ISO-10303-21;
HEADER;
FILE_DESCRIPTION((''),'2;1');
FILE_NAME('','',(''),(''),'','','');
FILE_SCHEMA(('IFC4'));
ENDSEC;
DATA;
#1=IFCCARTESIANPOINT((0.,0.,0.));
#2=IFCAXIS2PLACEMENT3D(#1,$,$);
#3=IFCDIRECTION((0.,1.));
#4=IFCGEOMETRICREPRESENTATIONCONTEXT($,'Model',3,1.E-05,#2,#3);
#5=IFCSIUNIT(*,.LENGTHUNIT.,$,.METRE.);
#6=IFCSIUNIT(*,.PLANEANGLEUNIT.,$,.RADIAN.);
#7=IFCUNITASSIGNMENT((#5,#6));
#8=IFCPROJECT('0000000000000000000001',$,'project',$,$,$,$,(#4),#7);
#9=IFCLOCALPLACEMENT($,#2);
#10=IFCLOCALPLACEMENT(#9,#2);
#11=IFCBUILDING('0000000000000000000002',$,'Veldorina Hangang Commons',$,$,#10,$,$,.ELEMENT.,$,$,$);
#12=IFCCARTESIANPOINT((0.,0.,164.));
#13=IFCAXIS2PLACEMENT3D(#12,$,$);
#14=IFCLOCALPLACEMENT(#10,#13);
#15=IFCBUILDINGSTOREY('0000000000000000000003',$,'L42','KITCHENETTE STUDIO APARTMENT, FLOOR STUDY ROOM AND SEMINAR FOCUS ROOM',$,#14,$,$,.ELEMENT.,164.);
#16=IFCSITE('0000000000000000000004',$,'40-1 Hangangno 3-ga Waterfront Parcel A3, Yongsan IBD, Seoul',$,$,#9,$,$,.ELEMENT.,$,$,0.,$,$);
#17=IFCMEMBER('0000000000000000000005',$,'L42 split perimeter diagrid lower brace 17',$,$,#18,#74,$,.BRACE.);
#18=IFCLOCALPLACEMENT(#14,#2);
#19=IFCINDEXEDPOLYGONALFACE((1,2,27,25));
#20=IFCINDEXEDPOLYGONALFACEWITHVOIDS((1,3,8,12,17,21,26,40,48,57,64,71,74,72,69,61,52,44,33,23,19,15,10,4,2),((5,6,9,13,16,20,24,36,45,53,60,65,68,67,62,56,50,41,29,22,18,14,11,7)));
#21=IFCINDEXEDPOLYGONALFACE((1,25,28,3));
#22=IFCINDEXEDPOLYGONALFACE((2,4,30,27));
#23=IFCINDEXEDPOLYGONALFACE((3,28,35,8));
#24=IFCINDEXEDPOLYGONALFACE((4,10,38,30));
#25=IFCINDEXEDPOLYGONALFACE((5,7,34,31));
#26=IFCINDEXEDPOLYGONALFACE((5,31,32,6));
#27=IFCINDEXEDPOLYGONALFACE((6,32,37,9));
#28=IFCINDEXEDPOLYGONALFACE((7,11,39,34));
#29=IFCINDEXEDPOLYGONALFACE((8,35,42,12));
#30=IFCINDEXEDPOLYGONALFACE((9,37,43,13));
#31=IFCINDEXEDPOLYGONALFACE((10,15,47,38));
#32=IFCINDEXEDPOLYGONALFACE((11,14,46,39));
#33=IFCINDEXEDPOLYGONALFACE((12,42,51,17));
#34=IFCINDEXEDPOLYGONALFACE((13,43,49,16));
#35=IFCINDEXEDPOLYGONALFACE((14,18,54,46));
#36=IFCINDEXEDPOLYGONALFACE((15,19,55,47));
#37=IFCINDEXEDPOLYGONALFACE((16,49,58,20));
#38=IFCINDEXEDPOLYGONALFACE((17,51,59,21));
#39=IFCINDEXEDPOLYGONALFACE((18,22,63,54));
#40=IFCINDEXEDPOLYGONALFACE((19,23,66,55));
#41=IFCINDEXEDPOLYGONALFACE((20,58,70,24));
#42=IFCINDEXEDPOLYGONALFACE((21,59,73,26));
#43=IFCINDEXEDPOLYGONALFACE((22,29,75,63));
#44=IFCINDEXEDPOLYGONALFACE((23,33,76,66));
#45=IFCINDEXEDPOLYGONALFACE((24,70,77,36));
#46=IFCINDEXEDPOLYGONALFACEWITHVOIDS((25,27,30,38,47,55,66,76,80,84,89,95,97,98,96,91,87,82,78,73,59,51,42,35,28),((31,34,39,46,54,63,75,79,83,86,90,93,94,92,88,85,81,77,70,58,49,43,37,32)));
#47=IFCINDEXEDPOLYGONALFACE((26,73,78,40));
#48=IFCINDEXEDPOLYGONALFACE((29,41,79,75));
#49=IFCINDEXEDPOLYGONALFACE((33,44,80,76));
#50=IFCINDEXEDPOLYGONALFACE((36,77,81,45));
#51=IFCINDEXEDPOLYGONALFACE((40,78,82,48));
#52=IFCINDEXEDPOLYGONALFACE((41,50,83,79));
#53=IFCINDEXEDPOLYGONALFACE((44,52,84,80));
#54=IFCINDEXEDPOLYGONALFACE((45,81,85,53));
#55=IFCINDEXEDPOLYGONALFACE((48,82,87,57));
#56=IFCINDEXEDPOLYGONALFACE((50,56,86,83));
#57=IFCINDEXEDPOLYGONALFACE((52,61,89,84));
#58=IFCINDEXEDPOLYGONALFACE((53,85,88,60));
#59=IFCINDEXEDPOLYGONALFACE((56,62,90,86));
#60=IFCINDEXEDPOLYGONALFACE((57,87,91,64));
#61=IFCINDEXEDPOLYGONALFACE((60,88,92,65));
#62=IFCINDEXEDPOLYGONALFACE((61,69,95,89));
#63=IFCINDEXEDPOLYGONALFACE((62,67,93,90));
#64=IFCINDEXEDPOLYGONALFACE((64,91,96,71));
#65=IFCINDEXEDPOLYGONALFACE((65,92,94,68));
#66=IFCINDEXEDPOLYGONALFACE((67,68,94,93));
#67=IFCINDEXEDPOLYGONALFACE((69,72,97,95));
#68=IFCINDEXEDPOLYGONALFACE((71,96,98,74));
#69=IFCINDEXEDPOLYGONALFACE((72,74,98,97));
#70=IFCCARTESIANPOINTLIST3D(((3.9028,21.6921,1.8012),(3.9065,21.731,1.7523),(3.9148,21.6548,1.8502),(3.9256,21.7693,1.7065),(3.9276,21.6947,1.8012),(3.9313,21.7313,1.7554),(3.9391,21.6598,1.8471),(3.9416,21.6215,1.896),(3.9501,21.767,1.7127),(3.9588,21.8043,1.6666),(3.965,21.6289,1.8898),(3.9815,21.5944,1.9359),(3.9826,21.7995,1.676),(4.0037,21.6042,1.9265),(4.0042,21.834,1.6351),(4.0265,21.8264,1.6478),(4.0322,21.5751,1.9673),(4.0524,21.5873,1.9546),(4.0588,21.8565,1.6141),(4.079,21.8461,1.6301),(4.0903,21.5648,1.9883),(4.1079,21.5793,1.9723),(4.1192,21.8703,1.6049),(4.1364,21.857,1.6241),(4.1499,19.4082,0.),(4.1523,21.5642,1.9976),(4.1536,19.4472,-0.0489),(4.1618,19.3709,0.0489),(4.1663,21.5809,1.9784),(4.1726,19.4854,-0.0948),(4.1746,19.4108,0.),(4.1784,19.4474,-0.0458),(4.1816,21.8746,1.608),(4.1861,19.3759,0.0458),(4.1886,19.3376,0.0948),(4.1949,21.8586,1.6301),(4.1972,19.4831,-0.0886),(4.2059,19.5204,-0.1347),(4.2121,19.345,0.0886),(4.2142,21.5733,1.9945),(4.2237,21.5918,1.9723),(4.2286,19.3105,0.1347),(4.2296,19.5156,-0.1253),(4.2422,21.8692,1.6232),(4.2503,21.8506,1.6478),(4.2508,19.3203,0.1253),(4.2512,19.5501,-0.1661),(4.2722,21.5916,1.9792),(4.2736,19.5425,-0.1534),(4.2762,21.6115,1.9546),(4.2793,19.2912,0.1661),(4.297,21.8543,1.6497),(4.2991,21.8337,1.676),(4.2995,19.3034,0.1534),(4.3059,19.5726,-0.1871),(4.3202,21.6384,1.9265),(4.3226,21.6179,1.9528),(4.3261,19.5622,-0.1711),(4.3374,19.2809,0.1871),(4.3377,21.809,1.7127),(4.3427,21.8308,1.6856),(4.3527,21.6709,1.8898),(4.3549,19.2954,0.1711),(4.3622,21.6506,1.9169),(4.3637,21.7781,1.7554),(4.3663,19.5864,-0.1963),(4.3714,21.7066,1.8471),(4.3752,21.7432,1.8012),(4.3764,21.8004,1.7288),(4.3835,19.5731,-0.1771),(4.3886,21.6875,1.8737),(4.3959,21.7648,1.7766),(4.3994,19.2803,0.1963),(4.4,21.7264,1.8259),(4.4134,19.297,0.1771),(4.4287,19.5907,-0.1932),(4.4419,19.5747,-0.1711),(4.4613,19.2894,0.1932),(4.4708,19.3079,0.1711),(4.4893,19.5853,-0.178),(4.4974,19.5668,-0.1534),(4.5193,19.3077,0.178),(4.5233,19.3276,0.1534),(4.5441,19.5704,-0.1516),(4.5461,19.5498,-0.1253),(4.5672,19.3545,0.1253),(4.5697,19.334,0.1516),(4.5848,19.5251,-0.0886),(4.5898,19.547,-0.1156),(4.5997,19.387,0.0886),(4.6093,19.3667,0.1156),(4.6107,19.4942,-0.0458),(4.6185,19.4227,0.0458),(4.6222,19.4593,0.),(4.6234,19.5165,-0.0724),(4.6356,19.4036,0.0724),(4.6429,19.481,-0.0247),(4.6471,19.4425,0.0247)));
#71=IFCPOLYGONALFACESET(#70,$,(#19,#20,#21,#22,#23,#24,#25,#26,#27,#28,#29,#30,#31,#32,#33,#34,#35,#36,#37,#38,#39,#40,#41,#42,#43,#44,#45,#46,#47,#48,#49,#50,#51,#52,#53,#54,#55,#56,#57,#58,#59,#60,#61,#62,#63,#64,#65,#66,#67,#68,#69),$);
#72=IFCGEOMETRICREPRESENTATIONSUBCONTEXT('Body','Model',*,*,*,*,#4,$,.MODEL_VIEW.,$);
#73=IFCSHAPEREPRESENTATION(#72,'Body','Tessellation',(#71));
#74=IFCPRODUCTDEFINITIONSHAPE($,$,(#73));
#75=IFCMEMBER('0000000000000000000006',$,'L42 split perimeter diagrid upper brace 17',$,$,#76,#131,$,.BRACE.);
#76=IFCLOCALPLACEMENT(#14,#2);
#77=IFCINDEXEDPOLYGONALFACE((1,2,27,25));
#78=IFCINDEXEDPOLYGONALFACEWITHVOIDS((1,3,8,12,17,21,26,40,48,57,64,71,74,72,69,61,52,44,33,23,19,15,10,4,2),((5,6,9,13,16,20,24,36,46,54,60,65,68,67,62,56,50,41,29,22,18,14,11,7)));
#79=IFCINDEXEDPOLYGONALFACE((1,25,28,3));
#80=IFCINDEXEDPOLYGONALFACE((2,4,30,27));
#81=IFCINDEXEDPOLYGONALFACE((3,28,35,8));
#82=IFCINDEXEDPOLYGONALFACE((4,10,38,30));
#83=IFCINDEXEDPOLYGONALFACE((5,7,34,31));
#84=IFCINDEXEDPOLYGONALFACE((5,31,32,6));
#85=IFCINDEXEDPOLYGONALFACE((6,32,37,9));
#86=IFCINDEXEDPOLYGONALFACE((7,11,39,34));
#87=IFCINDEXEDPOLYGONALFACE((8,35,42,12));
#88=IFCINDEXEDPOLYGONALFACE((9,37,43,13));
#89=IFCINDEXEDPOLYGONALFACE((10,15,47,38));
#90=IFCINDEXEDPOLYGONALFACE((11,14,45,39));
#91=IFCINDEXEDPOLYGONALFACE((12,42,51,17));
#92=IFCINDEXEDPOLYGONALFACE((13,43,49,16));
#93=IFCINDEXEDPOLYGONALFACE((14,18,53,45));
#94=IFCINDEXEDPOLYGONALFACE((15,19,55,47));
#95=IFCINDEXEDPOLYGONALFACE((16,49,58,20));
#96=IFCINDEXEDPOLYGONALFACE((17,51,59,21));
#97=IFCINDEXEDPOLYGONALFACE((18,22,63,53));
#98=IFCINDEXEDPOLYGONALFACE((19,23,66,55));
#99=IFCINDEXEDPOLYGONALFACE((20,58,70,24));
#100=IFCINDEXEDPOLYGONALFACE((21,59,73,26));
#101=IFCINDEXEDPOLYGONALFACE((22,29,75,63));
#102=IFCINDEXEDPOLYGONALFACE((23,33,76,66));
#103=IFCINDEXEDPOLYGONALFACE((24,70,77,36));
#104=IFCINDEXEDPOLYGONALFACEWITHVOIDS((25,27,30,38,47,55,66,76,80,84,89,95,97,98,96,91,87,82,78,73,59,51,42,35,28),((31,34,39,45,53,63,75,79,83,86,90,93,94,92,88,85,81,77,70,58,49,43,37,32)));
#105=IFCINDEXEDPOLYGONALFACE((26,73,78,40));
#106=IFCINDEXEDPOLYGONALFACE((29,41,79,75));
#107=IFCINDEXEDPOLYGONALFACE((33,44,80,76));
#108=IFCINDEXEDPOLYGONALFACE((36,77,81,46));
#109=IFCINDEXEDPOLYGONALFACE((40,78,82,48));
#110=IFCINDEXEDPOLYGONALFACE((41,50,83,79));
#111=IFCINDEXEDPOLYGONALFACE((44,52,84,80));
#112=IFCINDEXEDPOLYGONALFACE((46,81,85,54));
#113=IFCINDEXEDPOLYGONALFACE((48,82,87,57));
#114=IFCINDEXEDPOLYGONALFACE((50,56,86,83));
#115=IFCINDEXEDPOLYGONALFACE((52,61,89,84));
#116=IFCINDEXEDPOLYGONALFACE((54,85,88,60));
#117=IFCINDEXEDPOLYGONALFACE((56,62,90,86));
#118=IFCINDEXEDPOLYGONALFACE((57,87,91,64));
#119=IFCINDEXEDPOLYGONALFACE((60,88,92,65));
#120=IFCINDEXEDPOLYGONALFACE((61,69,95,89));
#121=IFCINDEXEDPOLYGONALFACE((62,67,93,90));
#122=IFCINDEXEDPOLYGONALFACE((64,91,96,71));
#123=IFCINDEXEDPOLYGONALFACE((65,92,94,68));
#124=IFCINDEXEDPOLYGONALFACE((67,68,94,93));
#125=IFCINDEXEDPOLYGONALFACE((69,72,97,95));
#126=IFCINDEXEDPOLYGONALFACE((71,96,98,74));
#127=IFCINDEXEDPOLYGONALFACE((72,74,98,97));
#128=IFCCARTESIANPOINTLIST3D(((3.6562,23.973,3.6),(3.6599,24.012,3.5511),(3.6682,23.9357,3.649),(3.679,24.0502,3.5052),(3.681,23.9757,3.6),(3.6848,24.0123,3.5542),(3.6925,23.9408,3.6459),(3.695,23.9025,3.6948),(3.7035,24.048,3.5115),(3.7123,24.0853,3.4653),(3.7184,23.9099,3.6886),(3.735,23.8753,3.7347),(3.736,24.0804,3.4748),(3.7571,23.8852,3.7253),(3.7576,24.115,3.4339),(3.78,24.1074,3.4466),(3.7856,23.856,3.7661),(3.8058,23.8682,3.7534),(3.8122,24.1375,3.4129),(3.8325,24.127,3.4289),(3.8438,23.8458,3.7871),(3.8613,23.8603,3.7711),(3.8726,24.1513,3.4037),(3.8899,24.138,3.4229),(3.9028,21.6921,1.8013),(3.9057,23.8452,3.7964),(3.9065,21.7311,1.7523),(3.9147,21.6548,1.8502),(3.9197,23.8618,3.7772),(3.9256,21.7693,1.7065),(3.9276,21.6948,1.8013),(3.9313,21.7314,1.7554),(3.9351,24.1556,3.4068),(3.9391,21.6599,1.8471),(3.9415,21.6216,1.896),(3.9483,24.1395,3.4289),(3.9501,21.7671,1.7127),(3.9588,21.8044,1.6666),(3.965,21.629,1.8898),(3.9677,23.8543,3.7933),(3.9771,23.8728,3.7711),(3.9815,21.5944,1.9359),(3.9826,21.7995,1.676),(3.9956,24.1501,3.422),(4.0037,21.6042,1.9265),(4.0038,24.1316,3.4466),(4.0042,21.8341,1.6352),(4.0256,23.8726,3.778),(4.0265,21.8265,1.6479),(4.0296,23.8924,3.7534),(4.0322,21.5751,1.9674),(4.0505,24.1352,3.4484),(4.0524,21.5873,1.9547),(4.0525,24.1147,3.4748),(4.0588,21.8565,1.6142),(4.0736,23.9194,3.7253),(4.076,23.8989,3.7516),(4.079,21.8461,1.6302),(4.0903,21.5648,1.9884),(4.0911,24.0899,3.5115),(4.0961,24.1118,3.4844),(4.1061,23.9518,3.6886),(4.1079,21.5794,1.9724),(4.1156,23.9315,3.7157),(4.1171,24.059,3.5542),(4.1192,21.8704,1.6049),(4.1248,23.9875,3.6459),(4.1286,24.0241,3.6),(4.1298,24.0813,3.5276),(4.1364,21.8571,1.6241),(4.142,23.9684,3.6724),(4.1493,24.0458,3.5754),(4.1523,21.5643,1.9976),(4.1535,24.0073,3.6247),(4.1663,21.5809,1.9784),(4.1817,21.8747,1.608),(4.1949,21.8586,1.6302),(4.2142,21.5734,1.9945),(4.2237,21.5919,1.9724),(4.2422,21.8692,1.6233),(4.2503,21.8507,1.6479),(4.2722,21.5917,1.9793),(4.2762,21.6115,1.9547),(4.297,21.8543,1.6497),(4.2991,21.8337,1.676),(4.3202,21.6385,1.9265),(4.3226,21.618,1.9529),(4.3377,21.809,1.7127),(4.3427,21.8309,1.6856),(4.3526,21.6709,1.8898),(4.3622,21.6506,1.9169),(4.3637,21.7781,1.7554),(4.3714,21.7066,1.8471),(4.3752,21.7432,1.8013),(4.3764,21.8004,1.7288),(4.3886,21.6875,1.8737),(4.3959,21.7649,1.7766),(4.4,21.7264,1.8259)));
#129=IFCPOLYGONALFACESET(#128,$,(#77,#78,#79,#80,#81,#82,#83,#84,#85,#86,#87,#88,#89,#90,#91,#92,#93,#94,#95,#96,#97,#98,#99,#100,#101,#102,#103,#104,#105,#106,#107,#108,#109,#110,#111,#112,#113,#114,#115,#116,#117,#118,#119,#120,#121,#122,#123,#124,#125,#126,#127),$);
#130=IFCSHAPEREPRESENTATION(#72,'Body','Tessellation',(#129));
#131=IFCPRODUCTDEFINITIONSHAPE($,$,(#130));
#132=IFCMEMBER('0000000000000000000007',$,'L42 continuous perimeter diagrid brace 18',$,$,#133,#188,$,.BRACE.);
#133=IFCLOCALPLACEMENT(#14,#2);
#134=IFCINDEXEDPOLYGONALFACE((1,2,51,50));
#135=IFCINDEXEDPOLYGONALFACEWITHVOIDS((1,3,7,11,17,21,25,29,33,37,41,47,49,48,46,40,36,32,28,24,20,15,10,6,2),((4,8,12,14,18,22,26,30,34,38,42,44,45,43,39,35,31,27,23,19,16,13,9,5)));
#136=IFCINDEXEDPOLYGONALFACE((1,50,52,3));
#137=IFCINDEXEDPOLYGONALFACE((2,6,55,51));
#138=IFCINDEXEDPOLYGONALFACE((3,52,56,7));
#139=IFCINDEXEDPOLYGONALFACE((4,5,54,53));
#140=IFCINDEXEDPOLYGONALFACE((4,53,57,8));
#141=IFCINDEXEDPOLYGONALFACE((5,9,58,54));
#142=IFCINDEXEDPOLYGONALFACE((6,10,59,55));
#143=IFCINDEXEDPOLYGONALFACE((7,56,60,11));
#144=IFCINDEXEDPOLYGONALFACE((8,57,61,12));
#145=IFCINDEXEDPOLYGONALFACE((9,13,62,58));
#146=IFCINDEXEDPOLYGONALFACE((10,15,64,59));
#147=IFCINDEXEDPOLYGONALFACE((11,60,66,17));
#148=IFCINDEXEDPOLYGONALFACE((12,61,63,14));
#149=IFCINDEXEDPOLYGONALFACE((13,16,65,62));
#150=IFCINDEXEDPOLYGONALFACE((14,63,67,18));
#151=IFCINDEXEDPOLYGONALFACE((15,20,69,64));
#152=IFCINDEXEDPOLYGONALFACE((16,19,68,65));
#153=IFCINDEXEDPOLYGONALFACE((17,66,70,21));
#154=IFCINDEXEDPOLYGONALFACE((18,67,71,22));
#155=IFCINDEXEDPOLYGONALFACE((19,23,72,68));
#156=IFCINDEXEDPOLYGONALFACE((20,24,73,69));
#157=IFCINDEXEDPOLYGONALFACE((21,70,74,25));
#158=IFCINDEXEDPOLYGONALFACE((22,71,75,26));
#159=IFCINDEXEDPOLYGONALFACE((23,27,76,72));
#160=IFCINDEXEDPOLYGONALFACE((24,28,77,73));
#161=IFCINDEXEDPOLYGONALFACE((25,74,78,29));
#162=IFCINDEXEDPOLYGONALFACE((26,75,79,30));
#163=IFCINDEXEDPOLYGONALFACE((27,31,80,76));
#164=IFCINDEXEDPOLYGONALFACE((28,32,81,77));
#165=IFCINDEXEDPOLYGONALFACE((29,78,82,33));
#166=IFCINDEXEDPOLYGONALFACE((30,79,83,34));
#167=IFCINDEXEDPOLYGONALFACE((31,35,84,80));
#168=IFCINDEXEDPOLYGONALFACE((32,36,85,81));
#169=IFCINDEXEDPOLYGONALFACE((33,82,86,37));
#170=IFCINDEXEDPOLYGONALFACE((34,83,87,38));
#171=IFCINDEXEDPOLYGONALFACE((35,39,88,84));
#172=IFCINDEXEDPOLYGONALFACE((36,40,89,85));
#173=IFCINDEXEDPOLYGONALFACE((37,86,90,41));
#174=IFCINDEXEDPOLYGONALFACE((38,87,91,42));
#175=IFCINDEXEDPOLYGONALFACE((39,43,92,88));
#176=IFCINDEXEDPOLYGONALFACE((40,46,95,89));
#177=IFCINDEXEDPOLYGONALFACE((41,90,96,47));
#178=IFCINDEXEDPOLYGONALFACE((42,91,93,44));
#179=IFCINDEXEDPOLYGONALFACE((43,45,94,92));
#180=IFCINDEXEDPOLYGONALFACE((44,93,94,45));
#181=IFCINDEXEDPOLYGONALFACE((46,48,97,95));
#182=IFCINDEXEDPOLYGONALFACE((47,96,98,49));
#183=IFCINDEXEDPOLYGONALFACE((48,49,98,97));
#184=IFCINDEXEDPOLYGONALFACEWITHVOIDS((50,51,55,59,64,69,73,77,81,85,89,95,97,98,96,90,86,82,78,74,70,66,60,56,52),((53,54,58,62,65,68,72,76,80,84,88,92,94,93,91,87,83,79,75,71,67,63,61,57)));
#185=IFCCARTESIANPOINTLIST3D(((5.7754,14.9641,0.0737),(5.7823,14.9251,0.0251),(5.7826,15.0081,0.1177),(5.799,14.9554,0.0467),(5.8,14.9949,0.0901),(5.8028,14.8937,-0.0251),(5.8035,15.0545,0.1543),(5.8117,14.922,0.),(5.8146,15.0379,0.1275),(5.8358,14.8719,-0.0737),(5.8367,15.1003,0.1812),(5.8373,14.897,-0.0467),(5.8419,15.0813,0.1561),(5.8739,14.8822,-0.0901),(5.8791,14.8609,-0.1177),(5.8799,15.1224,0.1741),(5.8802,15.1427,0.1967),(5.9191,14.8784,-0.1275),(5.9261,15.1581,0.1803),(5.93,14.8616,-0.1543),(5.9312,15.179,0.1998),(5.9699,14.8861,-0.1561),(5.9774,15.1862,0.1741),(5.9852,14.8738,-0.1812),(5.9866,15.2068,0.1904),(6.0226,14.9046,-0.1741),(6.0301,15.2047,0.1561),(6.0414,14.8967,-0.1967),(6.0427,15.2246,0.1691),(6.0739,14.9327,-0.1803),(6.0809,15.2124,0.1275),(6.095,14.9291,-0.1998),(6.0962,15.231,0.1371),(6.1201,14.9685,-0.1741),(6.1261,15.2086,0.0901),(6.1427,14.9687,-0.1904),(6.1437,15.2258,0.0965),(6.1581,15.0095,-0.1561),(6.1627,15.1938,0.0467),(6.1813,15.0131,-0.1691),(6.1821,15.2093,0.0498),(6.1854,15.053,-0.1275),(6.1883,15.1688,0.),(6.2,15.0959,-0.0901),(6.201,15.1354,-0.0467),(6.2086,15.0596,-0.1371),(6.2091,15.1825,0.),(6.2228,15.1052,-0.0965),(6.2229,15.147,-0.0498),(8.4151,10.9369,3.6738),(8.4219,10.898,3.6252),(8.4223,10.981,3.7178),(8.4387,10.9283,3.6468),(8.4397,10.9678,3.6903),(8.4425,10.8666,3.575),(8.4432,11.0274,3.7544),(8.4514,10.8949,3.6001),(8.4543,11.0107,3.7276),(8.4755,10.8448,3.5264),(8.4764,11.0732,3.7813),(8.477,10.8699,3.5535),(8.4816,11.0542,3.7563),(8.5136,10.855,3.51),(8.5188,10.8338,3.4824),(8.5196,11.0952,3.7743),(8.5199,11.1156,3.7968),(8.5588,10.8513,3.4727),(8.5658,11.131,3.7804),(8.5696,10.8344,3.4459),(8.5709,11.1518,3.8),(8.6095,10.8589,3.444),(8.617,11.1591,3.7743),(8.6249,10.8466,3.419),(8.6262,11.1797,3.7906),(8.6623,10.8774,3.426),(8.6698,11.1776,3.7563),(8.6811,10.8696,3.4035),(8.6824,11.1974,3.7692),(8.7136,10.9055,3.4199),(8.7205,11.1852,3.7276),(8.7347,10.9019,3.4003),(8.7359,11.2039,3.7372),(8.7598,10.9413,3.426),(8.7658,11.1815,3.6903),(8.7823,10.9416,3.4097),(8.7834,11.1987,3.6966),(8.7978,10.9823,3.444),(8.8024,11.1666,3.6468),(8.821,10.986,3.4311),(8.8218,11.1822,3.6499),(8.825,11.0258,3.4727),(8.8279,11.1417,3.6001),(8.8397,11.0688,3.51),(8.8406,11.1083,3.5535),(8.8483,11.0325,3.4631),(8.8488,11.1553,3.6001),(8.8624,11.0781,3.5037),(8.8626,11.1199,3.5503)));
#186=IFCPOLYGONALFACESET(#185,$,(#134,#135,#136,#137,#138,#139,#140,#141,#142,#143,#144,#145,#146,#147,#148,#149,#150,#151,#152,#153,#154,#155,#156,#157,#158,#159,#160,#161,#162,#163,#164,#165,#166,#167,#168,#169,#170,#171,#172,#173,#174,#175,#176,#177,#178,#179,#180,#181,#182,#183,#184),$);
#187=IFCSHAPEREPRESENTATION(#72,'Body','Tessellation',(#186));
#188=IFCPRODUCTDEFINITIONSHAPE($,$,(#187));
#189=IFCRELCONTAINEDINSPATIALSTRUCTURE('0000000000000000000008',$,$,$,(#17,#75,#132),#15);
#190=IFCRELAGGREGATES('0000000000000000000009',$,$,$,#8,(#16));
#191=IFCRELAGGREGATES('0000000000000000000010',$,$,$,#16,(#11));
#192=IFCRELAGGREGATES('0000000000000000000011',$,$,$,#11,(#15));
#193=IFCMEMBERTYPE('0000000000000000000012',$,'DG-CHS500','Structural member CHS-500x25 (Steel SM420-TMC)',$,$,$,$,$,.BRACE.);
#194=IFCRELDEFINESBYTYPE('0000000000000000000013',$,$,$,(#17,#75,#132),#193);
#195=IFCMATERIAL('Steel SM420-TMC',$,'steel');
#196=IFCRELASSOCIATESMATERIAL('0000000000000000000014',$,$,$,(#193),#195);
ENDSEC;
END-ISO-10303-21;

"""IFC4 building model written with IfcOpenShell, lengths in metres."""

from ifc_helpers import new_model, si_unit, direction, frame, origin, origin_2d, place, context, subcontext, project, spatial, hollow_circle, extrude, material, material_profile, profile_set, type_object, element, save


model = new_model("IFC4")

# Units and contexts
model_context = context("Model", 3, precision=1e-05, world=origin(), true_north=direction((0.0, 1.0)))
body_context = subcontext(model_context, "Body", "Model", "MODEL_VIEW")
ifc_project = project(units=[si_unit("LENGTHUNIT", "METRE"), si_unit("PLANEANGLEUNIT", "RADIAN")], contexts=[model_context])

# Site, building, storey
site_placement = place(None, origin())
site = spatial("IfcSite", under=ifc_project, at=site_placement, Name="40-1 Hangangno 3-ga Waterfront Parcel A3, Yongsan IBD, Seoul", CompositionType="ELEMENT", RefElevation=0.0)
building_placement = place(site_placement, origin())
building = spatial("IfcBuilding", under=site, at=building_placement, Name="Veldorina Hangang Commons", CompositionType="ELEMENT")
storey_placement = place(building_placement, frame((0.0, 0.0, 164.0)))
storey = spatial("IfcBuildingStorey", under=building, at=storey_placement, Name="L42", Description="KITCHENETTE STUDIO APARTMENT, FLOOR STUDY ROOM AND SEMINAR FOCUS ROOM", CompositionType="ELEMENT", Elevation=164.0)

# Shared definitions
ifc_material_1 = material(Name="Steel SM420-TMC", Category="steel")

# Members
ifc_material_profile_1 = material_profile(ifc_material_1, hollow_circle(Radius=0.25, WallThickness=0.0249, at=origin_2d()), Name="CHS-500x25")
ifc_profile_set_1 = profile_set([ifc_material_profile_1], Name="Steel SM420-TMC")
member_type = type_object("IfcMemberType", Name="DG-CHS500", Description="Structural member CHS-500x25 (Steel SM420-TMC)", PredefinedType="BRACE", material=ifc_profile_set_1)
member_1_placement = place(storey_placement, frame((4.3984, 19.4351, 0.0), z_axis=(-0.084635, 0.782373, 0.617033), x_axis=(-0.9942, -0.10755, 0.0)))
element("IfcMember", 1, at=member_1_placement, inside=storey, type_object=member_type, Name="L42 split perimeter diagrid lower brace 17", PredefinedType="BRACE", context=body_context, shape_type="SweptSolid", body=[
    extrude(hollow_circle(Radius=0.25, WallThickness=0.0249, at=origin_2d()), origin(), (0.0, 0.0, 1.0), 2.9192),
])
member_2_placement = place(storey_placement, frame((4.1514, 21.719, 1.8013), z_axis=(-0.084579, 0.782398, 0.617008), x_axis=(-0.994208, -0.107476, 0.0)))
element("IfcMember", 2, at=member_2_placement, inside=storey, type_object=member_type, Name="L42 split perimeter diagrid upper brace 17", PredefinedType="BRACE", context=body_context, shape_type="SweptSolid", body=[
    extrude(hollow_circle(Radius=0.25, WallThickness=0.0249, at=origin_2d()), origin(), (0.0, 0.0, 1.0), 2.9153),
])
member_3_placement = place(storey_placement, frame((6.0, 15.0454, 0.0), z_axis=(0.439052, -0.669827, 0.598803), x_axis=(0.836347, 0.548201, 0.0)))
element("IfcMember", 3, at=member_3_placement, inside=storey, type_object=member_type, Name="L42 continuous perimeter diagrid brace 18", PredefinedType="BRACE", context=body_context, shape_type="SweptSolid", body=[
    extrude(hollow_circle(Radius=0.25, WallThickness=0.0249, at=origin_2d()), origin(), (0.0, 0.0, 1.0), 6.0122),
])

save(model, "model.ifc")
